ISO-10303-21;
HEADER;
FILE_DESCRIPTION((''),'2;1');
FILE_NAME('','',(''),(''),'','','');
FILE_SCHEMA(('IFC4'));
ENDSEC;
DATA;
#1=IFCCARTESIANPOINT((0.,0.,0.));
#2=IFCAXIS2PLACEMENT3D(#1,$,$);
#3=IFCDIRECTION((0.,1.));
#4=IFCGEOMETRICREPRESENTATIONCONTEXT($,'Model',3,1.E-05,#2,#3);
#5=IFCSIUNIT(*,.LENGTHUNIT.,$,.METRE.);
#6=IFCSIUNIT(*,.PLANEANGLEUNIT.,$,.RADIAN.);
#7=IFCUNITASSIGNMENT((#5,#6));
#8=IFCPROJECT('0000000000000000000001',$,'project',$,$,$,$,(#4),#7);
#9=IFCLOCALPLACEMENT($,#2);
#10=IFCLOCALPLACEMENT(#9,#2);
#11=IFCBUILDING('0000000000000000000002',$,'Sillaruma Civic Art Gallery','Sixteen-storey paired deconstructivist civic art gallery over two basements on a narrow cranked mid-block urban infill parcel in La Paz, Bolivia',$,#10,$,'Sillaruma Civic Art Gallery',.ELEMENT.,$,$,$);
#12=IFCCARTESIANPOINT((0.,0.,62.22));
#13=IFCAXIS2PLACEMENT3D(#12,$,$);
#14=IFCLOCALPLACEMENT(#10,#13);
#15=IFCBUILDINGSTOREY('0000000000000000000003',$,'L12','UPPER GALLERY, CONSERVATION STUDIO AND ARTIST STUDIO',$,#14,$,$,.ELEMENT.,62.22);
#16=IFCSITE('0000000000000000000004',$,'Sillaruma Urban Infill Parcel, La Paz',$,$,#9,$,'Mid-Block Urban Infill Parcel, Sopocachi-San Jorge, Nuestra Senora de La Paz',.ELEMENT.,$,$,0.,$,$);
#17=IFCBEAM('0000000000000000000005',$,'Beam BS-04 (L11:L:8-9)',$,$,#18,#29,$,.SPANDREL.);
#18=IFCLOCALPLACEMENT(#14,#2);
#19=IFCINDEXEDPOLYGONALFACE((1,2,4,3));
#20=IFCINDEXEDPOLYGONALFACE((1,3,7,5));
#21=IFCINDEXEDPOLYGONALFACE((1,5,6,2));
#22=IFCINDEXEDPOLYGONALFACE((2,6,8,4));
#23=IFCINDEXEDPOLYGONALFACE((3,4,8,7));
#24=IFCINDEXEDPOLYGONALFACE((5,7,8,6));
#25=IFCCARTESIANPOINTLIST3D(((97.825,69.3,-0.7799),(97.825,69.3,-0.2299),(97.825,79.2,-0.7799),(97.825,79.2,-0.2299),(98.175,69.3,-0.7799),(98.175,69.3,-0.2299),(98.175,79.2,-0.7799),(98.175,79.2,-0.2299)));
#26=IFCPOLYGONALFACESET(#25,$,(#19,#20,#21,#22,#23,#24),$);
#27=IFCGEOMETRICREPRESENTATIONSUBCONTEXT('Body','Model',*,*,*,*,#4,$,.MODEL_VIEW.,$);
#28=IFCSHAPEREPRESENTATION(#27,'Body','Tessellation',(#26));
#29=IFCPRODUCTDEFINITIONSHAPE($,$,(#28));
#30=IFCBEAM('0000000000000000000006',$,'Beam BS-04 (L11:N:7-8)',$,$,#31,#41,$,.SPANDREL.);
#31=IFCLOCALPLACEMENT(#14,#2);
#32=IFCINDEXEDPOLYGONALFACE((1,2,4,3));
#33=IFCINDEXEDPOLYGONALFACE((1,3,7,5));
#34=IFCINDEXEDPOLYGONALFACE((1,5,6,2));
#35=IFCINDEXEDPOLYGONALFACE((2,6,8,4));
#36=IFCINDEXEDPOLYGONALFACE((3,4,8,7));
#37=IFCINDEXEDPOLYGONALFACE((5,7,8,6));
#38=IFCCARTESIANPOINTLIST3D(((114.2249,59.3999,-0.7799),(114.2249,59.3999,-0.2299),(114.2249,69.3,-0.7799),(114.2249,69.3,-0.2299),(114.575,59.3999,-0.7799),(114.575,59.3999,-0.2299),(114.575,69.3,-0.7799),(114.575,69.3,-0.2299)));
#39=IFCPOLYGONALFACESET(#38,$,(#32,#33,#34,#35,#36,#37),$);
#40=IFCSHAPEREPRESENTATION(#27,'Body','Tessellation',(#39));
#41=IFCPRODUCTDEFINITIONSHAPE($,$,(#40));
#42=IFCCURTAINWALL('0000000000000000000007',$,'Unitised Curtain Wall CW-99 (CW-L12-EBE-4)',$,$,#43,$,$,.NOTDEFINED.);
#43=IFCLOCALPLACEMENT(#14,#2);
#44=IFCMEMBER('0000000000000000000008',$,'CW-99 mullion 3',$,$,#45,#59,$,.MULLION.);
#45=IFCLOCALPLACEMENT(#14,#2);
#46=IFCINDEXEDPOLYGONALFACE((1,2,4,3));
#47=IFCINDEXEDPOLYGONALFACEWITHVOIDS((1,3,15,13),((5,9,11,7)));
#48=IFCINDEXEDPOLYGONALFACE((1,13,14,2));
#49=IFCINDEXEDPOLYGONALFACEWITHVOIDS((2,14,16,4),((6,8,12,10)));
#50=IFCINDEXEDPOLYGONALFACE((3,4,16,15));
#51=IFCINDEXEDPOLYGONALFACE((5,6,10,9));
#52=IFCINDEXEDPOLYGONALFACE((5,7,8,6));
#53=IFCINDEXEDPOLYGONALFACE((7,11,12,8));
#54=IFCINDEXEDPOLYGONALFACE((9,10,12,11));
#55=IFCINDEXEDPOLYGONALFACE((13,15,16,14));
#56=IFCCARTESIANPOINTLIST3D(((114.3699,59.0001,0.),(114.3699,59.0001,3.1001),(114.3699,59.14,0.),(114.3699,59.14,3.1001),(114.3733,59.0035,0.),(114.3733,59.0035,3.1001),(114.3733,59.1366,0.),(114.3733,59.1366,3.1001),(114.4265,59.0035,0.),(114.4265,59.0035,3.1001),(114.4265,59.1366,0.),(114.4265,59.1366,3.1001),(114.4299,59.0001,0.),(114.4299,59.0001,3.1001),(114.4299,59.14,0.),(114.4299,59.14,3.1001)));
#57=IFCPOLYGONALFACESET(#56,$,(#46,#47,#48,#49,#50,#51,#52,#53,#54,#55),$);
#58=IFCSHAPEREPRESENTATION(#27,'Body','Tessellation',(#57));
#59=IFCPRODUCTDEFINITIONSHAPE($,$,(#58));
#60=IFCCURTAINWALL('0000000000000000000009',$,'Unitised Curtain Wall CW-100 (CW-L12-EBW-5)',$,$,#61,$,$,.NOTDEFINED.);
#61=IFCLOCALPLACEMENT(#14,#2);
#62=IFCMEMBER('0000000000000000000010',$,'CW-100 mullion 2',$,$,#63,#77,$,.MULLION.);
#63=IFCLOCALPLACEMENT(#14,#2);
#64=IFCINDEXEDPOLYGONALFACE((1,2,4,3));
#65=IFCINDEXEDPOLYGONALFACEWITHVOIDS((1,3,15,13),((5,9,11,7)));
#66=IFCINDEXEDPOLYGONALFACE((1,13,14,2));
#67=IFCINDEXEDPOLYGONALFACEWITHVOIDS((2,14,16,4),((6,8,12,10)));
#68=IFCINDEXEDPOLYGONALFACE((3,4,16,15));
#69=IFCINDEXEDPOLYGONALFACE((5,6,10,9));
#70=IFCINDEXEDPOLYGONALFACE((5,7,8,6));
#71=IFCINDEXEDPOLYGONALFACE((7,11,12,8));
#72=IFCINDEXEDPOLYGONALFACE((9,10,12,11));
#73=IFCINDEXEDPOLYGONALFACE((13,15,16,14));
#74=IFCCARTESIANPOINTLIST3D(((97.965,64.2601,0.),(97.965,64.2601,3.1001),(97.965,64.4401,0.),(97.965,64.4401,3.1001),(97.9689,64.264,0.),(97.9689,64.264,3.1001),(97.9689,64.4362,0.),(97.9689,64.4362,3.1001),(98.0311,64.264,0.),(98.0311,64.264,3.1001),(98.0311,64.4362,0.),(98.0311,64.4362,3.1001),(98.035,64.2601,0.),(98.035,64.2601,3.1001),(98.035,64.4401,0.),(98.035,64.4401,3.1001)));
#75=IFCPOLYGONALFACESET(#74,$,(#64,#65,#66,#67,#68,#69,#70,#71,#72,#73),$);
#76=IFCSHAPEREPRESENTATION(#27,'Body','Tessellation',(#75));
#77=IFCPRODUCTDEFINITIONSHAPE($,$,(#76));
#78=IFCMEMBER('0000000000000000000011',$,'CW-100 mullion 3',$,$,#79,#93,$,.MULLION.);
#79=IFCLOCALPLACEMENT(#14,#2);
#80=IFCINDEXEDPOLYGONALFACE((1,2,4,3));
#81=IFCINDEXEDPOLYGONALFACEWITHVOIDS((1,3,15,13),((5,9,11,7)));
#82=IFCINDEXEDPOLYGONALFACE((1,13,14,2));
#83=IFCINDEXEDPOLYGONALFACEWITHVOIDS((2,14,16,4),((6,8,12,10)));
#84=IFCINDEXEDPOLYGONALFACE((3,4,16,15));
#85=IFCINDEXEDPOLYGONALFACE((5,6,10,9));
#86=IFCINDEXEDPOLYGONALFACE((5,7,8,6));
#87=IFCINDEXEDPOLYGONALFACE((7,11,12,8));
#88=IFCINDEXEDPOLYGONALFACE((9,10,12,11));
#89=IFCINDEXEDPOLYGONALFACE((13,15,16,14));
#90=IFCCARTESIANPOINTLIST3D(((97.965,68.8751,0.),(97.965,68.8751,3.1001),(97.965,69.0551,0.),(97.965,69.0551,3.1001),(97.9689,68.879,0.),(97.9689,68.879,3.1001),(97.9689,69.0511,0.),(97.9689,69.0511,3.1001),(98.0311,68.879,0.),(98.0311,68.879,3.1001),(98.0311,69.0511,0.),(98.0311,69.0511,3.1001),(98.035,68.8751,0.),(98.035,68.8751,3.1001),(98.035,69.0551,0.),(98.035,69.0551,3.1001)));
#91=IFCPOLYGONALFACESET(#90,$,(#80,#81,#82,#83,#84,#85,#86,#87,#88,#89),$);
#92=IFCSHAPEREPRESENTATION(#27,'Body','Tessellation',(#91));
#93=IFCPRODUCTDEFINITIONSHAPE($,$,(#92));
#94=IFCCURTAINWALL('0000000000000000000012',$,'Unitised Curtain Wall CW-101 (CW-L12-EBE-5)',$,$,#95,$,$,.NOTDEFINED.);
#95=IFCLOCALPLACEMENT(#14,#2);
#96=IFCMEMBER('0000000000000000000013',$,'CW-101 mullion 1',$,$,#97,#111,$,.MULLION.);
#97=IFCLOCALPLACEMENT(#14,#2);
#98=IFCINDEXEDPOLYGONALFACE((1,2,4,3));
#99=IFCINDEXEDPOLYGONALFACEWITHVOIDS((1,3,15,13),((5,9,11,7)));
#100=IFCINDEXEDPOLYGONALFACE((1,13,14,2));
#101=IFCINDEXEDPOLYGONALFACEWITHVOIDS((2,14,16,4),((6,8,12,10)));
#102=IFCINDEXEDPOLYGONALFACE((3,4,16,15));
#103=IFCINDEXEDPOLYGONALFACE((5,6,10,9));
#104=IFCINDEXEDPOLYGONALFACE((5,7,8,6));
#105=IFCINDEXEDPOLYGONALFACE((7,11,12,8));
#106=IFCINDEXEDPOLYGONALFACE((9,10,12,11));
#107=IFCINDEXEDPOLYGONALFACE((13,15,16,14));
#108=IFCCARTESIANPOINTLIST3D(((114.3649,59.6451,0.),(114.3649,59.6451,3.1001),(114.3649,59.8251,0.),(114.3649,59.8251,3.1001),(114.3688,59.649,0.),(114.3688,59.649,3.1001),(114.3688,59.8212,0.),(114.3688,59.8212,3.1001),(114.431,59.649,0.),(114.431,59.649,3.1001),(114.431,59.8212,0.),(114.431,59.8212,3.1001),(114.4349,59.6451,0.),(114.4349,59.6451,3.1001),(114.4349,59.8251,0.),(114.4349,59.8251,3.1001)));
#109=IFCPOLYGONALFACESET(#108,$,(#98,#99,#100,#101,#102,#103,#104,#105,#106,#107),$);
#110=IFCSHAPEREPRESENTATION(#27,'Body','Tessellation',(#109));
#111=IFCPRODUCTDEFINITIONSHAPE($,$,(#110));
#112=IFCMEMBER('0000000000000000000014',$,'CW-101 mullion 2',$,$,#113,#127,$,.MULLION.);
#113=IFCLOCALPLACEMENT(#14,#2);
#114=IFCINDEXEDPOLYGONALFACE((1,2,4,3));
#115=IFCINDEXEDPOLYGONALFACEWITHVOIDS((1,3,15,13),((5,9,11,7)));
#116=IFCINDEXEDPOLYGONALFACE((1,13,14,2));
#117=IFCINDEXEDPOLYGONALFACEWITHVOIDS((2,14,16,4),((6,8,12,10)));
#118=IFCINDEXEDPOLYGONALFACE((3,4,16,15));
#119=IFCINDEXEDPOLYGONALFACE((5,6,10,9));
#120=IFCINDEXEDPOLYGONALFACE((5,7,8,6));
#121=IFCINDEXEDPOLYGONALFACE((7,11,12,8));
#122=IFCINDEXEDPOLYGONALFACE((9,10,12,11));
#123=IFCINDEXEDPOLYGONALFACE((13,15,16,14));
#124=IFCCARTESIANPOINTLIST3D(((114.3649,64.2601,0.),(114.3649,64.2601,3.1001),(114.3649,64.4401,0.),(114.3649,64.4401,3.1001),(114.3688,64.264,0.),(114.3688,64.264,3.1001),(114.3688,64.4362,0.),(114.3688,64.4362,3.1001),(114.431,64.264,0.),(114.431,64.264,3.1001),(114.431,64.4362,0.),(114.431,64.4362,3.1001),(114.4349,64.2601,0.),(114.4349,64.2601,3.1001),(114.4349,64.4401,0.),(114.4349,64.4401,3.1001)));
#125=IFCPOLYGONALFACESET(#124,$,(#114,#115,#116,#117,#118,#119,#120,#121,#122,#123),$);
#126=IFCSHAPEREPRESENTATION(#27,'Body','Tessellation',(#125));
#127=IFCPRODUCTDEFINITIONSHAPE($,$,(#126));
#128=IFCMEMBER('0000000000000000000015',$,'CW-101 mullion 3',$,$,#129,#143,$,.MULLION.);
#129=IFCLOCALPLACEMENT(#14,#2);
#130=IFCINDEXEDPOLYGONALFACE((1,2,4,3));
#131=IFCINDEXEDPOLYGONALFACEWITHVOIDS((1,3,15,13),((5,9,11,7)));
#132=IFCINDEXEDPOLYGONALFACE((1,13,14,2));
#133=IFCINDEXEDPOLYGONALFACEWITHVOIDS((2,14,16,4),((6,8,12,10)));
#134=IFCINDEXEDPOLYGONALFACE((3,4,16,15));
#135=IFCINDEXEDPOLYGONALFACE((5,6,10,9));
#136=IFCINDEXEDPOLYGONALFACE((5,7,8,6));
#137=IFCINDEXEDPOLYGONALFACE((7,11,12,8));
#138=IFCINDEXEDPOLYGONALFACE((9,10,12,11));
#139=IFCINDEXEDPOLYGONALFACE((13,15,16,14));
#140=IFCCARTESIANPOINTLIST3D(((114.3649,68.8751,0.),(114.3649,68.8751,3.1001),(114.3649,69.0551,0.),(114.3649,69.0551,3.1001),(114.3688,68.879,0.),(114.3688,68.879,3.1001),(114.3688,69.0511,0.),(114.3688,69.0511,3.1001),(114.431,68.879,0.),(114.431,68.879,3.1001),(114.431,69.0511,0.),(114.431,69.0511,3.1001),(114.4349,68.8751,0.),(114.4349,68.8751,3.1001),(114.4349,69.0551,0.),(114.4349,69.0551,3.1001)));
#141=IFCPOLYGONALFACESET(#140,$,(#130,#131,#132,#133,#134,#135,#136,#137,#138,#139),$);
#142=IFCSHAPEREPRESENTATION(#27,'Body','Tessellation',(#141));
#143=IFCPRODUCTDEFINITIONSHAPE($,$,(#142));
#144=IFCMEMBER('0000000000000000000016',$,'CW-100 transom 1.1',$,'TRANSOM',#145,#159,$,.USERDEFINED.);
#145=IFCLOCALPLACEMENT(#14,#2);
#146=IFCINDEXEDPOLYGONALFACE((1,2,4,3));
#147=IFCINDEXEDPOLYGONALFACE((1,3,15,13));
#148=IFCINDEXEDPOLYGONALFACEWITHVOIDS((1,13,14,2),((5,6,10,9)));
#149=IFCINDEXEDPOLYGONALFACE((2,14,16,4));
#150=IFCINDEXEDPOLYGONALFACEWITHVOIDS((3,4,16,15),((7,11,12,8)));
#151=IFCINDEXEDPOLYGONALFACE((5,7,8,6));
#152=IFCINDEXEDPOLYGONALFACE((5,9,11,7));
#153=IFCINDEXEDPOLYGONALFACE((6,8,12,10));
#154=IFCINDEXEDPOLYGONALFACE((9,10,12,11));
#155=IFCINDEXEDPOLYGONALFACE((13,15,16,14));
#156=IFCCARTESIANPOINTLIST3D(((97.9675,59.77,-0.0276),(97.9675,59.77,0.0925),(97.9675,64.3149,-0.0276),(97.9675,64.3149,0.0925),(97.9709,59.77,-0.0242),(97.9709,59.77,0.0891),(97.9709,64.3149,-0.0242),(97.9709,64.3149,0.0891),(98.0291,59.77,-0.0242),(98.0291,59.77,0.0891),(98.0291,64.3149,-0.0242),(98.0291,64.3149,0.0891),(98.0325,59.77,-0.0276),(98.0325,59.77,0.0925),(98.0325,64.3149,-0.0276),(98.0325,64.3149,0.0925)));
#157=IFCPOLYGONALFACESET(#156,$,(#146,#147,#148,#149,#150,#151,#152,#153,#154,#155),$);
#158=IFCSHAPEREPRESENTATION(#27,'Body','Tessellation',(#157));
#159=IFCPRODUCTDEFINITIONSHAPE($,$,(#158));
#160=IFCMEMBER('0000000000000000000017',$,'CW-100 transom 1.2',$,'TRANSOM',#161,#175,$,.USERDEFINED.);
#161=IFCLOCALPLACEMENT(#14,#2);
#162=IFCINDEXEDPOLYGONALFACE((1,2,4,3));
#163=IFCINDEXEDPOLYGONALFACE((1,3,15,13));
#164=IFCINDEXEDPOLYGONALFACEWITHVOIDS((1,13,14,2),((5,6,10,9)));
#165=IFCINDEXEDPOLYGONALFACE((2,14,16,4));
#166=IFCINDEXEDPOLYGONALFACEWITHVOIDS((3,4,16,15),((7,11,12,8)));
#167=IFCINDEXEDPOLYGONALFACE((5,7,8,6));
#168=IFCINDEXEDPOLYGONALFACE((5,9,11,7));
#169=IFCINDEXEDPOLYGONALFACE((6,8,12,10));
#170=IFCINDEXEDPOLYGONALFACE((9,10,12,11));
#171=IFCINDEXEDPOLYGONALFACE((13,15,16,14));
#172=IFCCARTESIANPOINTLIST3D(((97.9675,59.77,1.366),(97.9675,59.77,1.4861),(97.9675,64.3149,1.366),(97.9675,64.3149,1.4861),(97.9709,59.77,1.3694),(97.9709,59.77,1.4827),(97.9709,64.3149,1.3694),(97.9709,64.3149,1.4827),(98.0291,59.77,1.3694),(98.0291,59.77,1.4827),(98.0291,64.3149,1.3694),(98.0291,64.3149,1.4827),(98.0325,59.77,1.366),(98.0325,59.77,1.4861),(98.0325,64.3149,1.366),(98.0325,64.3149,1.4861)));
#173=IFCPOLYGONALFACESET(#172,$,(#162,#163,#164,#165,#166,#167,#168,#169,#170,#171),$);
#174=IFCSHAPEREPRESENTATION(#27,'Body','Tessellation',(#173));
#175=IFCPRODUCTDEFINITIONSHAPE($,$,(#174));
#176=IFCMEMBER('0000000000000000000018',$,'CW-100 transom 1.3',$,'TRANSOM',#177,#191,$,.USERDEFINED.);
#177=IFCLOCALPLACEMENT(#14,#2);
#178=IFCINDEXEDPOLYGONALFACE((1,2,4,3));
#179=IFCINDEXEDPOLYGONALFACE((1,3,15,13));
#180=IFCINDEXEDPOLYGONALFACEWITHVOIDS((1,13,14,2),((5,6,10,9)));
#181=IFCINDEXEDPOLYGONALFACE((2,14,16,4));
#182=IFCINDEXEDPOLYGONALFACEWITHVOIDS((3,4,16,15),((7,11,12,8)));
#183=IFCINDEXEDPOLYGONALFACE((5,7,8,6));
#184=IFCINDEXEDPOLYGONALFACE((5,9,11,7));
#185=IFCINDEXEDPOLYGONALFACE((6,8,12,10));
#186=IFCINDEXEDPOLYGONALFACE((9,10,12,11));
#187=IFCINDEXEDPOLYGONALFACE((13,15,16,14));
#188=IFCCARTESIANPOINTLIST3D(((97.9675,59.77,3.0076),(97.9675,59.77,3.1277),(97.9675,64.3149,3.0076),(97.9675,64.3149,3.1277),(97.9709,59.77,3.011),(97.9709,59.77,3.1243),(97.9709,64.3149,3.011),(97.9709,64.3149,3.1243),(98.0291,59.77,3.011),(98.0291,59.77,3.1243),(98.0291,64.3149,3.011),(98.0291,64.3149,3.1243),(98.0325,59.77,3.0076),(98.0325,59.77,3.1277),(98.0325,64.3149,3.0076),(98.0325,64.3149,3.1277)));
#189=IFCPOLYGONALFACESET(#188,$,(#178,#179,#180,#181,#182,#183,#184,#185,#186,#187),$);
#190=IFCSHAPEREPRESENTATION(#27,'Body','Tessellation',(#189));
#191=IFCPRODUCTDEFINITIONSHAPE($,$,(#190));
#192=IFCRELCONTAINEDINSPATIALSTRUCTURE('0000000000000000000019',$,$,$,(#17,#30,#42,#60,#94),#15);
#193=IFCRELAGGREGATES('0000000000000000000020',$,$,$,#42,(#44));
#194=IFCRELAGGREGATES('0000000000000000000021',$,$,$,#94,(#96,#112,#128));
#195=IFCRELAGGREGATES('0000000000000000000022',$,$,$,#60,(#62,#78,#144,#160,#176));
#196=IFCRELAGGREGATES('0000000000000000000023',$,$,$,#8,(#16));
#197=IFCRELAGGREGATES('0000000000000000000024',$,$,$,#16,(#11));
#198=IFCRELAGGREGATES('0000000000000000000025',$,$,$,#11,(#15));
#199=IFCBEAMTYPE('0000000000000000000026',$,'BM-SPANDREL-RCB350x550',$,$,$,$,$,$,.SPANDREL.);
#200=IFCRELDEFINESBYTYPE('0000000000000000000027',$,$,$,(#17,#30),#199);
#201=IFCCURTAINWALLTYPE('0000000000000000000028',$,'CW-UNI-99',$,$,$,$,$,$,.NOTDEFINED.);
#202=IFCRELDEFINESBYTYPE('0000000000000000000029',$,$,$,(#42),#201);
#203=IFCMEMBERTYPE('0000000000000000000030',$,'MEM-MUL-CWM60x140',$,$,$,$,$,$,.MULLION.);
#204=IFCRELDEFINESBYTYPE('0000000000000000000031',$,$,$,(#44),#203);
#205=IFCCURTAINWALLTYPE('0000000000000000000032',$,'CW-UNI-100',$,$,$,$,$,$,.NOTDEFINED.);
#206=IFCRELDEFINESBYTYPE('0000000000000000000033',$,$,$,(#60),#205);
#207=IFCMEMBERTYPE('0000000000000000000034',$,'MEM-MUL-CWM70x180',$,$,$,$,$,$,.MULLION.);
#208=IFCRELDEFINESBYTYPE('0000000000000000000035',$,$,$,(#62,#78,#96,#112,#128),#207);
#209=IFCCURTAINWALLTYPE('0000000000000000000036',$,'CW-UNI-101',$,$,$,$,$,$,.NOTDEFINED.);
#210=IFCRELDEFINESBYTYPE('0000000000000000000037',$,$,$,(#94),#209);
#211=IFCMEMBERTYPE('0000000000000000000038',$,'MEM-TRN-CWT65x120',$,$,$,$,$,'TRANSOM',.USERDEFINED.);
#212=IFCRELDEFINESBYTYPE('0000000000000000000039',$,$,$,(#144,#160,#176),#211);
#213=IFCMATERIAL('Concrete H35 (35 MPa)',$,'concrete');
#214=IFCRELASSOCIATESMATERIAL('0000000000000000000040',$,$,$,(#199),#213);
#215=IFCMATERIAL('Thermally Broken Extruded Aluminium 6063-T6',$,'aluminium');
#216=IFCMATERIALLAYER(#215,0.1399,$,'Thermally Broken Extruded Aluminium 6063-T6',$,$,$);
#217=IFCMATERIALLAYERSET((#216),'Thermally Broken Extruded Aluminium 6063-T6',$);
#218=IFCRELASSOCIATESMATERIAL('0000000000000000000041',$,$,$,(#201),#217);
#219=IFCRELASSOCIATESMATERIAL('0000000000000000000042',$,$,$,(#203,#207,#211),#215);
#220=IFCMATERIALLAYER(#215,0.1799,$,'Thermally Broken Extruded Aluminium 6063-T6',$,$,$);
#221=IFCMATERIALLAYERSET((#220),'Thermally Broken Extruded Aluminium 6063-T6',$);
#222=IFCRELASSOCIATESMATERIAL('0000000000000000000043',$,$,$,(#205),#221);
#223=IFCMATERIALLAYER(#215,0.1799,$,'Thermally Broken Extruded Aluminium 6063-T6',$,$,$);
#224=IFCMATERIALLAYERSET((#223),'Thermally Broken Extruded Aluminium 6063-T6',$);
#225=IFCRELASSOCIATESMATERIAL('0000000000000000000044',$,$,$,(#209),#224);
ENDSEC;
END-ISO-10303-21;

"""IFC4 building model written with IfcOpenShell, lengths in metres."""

from ifc_helpers import new_model, si_unit, direction, frame, origin, origin_2d, place, context, subcontext, project, spatial, rectangle, hollow_rectangle, extrude, material, layer, layer_set, material_profile, profile_set, type_object, element, aggregate, save


model = new_model("IFC4")

# Units and contexts
model_context = context("Model", 3, precision=1e-05, world=origin(), true_north=direction((0.0, 1.0)))
body_context = subcontext(model_context, "Body", "Model", "MODEL_VIEW")
ifc_project = project(units=[si_unit("LENGTHUNIT", "METRE"), si_unit("PLANEANGLEUNIT", "RADIAN")], contexts=[model_context])

# Site, building, storey
site_placement = place(None, origin())
site = spatial("IfcSite", under=ifc_project, at=site_placement, Name="Sillaruma Urban Infill Parcel, La Paz", LongName="Mid-Block Urban Infill Parcel, Sopocachi-San Jorge, Nuestra Senora de La Paz", CompositionType="ELEMENT", RefElevation=0.0)
building_placement = place(site_placement, origin())
building = spatial("IfcBuilding", under=site, at=building_placement, Name="Sillaruma Civic Art Gallery", Description="Sixteen-storey paired deconstructivist civic art gallery over two basements on a narrow cranked mid-block urban infill parcel in La Paz, Bolivia", LongName="Sillaruma Civic Art Gallery", CompositionType="ELEMENT")
storey_placement = place(building_placement, frame((0.0, 0.0, 62.22)))
storey = spatial("IfcBuildingStorey", under=building, at=storey_placement, Name="L12", Description="UPPER GALLERY, CONSERVATION STUDIO AND ARTIST STUDIO", CompositionType="ELEMENT", Elevation=62.22)

# Beams
ifc_material_1 = material(Name="Concrete H35 (35 MPa)", Category="concrete")
ifc_material_profile_1 = material_profile(ifc_material_1, rectangle(XDim=0.3501, YDim=0.55, at=origin_2d()), Name="RCB350x550")
ifc_profile_set_1 = profile_set([ifc_material_profile_1], Name="Concrete H35 (35 MPa)")
beam_type_1 = type_object("IfcBeamType", Name="BM-SPANDREL-RCB350x550", PredefinedType="SPANDREL", material=ifc_profile_set_1)
beam_1_placement = place(storey_placement, frame((98.0, 69.3, -0.5049), z_axis=(0.0, 1.0, 0.0), x_axis=(-1.0, 0.0, 0.0)))
element("IfcBeam", 1, at=beam_1_placement, inside=storey, type_object=beam_type_1, Name="Beam BS-04 (L11:L:8-9)", PredefinedType="SPANDREL", context=body_context, shape_type="SweptSolid", body=[
    extrude(rectangle(XDim=0.3501, YDim=0.55, at=origin_2d()), origin(), (0.0, 0.0, 1.0), 9.8999),
])
beam_2_placement = place(storey_placement, frame((114.3999, 59.3999, -0.5049), z_axis=(0.0, 1.0, 0.0), x_axis=(-1.0, 0.0, 0.0)))
element("IfcBeam", 2, at=beam_2_placement, inside=storey, type_object=beam_type_1, Name="Beam BS-04 (L11:N:7-8)", PredefinedType="SPANDREL", context=body_context, shape_type="SweptSolid", body=[
    extrude(rectangle(XDim=0.3501, YDim=0.55, at=origin_2d()), origin(), (0.0, 0.0, 1.0), 9.9001),
])

# Curtain wall, member
ifc_material_2 = material(Name="Thermally Broken Extruded Aluminium 6063-T6", Category="aluminium")
ifc_layer_1 = layer(ifc_material_2, 0.1399, Name="Thermally Broken Extruded Aluminium 6063-T6")
ifc_layer_set_1 = layer_set([ifc_layer_1], Name="Thermally Broken Extruded Aluminium 6063-T6")
curtain_wall_type_1 = type_object("IfcCurtainWallType", Name="CW-UNI-99", PredefinedType="NOTDEFINED", material=ifc_layer_set_1)
curtain_wall_1_placement = place(storey_placement, origin())
curtain_wall_1 = element("IfcCurtainWall", 3, at=curtain_wall_1_placement, inside=storey, type_object=curtain_wall_type_1, Name="Unitised Curtain Wall CW-99 (CW-L12-EBE-4)", PredefinedType="NOTDEFINED")
ifc_material_profile_2 = material_profile(ifc_material_2, hollow_rectangle(XDim=0.0601, YDim=0.1399, WallThickness=0.0034, at=origin_2d()), Name="CWM60x140")
ifc_profile_set_2 = profile_set([ifc_material_profile_2], Name="Thermally Broken Extruded Aluminium 6063-T6")
member_type_1 = type_object("IfcMemberType", Name="MEM-MUL-CWM60x140", PredefinedType="MULLION", material=ifc_profile_set_2)
member_1_placement = place(storey_placement, frame((114.3999, 59.0701, 0.0), z_axis=(0.0, 0.0, 1.0), x_axis=(-1.0, 0.0, 0.0)))
member_1 = element("IfcMember", 4, at=member_1_placement, type_object=member_type_1, Name="CW-99 mullion 3", PredefinedType="MULLION", context=body_context, shape_type="SweptSolid", body=[
    extrude(hollow_rectangle(XDim=0.0601, YDim=0.1399, WallThickness=0.0034, at=origin_2d()), origin(), (0.0, 0.0, 1.0), 3.1001),
])
aggregate(curtain_wall_1, [member_1])

# Curtain walls, members
ifc_layer_2 = layer(ifc_material_2, 0.1799, Name="Thermally Broken Extruded Aluminium 6063-T6")
ifc_layer_set_2 = layer_set([ifc_layer_2], Name="Thermally Broken Extruded Aluminium 6063-T6")
curtain_wall_type_2 = type_object("IfcCurtainWallType", Name="CW-UNI-100", PredefinedType="NOTDEFINED", material=ifc_layer_set_2)
curtain_wall_2_placement = place(storey_placement, origin())
curtain_wall_2 = element("IfcCurtainWall", 5, at=curtain_wall_2_placement, inside=storey, type_object=curtain_wall_type_2, Name="Unitised Curtain Wall CW-100 (CW-L12-EBW-5)", PredefinedType="NOTDEFINED")
ifc_material_profile_3 = material_profile(ifc_material_2, hollow_rectangle(XDim=0.0701, YDim=0.1799, WallThickness=0.0039, at=origin_2d()), Name="CWM70x180")
ifc_profile_set_3 = profile_set([ifc_material_profile_3], Name="Thermally Broken Extruded Aluminium 6063-T6")
member_type_2 = type_object("IfcMemberType", Name="MEM-MUL-CWM70x180", PredefinedType="MULLION", material=ifc_profile_set_3)
member_2_placement = place(storey_placement, frame((98.0, 64.3501, 0.0), z_axis=(0.0, 0.0, 1.0), x_axis=(-1.0, 0.0, 0.0)))
member_2 = element("IfcMember", 6, at=member_2_placement, type_object=member_type_2, Name="CW-100 mullion 2", PredefinedType="MULLION", context=body_context, shape_type="SweptSolid", body=[
    extrude(hollow_rectangle(XDim=0.0701, YDim=0.1799, WallThickness=0.0039, at=origin_2d()), origin(), (0.0, 0.0, 1.0), 3.1001),
])
member_3_placement = place(storey_placement, frame((98.0, 68.9651, 0.0), z_axis=(0.0, 0.0, 1.0), x_axis=(-1.0, 0.0, 0.0)))
member_3 = element("IfcMember", 7, at=member_3_placement, type_object=member_type_2, Name="CW-100 mullion 3", PredefinedType="MULLION", context=body_context, shape_type="SweptSolid", body=[
    extrude(hollow_rectangle(XDim=0.0701, YDim=0.1799, WallThickness=0.0039, at=origin_2d()), origin(), (0.0, 0.0, 1.0), 3.1001),
])
ifc_layer_3 = layer(ifc_material_2, 0.1799, Name="Thermally Broken Extruded Aluminium 6063-T6")
ifc_layer_set_3 = layer_set([ifc_layer_3], Name="Thermally Broken Extruded Aluminium 6063-T6")
curtain_wall_type_3 = type_object("IfcCurtainWallType", Name="CW-UNI-101", PredefinedType="NOTDEFINED", material=ifc_layer_set_3)
curtain_wall_3_placement = place(storey_placement, origin())
curtain_wall_3 = element("IfcCurtainWall", 8, at=curtain_wall_3_placement, inside=storey, type_object=curtain_wall_type_3, Name="Unitised Curtain Wall CW-101 (CW-L12-EBE-5)", PredefinedType="NOTDEFINED")
member_4_placement = place(storey_placement, frame((114.3999, 59.7351, 0.0), z_axis=(0.0, 0.0, 1.0), x_axis=(-1.0, 0.0, 0.0)))
member_4 = element("IfcMember", 9, at=member_4_placement, type_object=member_type_2, Name="CW-101 mullion 1", PredefinedType="MULLION", context=body_context, shape_type="SweptSolid", body=[
    extrude(hollow_rectangle(XDim=0.0701, YDim=0.1799, WallThickness=0.0039, at=origin_2d()), origin(), (0.0, 0.0, 1.0), 3.1001),
])
member_5_placement = place(storey_placement, frame((114.3999, 64.3501, 0.0), z_axis=(0.0, 0.0, 1.0), x_axis=(-1.0, 0.0, 0.0)))
member_5 = element("IfcMember", 10, at=member_5_placement, type_object=member_type_2, Name="CW-101 mullion 2", PredefinedType="MULLION", context=body_context, shape_type="SweptSolid", body=[
    extrude(hollow_rectangle(XDim=0.0701, YDim=0.1799, WallThickness=0.0039, at=origin_2d()), origin(), (0.0, 0.0, 1.0), 3.1001),
])
member_6_placement = place(storey_placement, frame((114.3999, 68.9651, 0.0), z_axis=(0.0, 0.0, 1.0), x_axis=(-1.0, 0.0, 0.0)))
member_6 = element("IfcMember", 11, at=member_6_placement, type_object=member_type_2, Name="CW-101 mullion 3", PredefinedType="MULLION", context=body_context, shape_type="SweptSolid", body=[
    extrude(hollow_rectangle(XDim=0.0701, YDim=0.1799, WallThickness=0.0039, at=origin_2d()), origin(), (0.0, 0.0, 1.0), 3.1001),
])

# Members
ifc_material_profile_4 = material_profile(ifc_material_2, hollow_rectangle(XDim=0.0649, YDim=0.1201, WallThickness=0.0034, at=origin_2d()), Name="CWT65x120")
ifc_profile_set_4 = profile_set([ifc_material_profile_4], Name="Thermally Broken Extruded Aluminium 6063-T6")
member_type_3 = type_object("IfcMemberType", Name="MEM-TRN-CWT65x120", ElementType="TRANSOM", PredefinedType="USERDEFINED", material=ifc_profile_set_4)
member_7_placement = place(storey_placement, frame((98.0, 59.77, 0.0325), z_axis=(0.0, 1.0, 0.0), x_axis=(-1.0, 0.0, 0.0)))
member_7 = element("IfcMember", 12, at=member_7_placement, type_object=member_type_3, Name="CW-100 transom 1.1", ObjectType="TRANSOM", PredefinedType="USERDEFINED", context=body_context, shape_type="SweptSolid", body=[
    extrude(hollow_rectangle(XDim=0.0649, YDim=0.1201, WallThickness=0.0034, at=origin_2d()), origin(), (0.0, 0.0, 1.0), 4.5449),
])
member_8_placement = place(storey_placement, frame((98.0, 59.77, 1.426), z_axis=(0.0, 1.0, 0.0), x_axis=(-1.0, 0.0, 0.0)))
member_8 = element("IfcMember", 13, at=member_8_placement, type_object=member_type_3, Name="CW-100 transom 1.2", ObjectType="TRANSOM", PredefinedType="USERDEFINED", context=body_context, shape_type="SweptSolid", body=[
    extrude(hollow_rectangle(XDim=0.0649, YDim=0.1201, WallThickness=0.0034, at=origin_2d()), origin(), (0.0, 0.0, 1.0), 4.5449),
])
member_9_placement = place(storey_placement, frame((98.0, 59.77, 3.0676), z_axis=(0.0, 1.0, 0.0), x_axis=(-1.0, 0.0, 0.0)))
member_9 = element("IfcMember", 14, at=member_9_placement, type_object=member_type_3, Name="CW-100 transom 1.3", ObjectType="TRANSOM", PredefinedType="USERDEFINED", context=body_context, shape_type="SweptSolid", body=[
    extrude(hollow_rectangle(XDim=0.0649, YDim=0.1201, WallThickness=0.0034, at=origin_2d()), origin(), (0.0, 0.0, 1.0), 4.5449),
])

aggregate(curtain_wall_3, [member_4, member_5, member_6])
aggregate(curtain_wall_2, [member_2, member_3, member_7, member_8, member_9])

save(model, "model.ifc")
